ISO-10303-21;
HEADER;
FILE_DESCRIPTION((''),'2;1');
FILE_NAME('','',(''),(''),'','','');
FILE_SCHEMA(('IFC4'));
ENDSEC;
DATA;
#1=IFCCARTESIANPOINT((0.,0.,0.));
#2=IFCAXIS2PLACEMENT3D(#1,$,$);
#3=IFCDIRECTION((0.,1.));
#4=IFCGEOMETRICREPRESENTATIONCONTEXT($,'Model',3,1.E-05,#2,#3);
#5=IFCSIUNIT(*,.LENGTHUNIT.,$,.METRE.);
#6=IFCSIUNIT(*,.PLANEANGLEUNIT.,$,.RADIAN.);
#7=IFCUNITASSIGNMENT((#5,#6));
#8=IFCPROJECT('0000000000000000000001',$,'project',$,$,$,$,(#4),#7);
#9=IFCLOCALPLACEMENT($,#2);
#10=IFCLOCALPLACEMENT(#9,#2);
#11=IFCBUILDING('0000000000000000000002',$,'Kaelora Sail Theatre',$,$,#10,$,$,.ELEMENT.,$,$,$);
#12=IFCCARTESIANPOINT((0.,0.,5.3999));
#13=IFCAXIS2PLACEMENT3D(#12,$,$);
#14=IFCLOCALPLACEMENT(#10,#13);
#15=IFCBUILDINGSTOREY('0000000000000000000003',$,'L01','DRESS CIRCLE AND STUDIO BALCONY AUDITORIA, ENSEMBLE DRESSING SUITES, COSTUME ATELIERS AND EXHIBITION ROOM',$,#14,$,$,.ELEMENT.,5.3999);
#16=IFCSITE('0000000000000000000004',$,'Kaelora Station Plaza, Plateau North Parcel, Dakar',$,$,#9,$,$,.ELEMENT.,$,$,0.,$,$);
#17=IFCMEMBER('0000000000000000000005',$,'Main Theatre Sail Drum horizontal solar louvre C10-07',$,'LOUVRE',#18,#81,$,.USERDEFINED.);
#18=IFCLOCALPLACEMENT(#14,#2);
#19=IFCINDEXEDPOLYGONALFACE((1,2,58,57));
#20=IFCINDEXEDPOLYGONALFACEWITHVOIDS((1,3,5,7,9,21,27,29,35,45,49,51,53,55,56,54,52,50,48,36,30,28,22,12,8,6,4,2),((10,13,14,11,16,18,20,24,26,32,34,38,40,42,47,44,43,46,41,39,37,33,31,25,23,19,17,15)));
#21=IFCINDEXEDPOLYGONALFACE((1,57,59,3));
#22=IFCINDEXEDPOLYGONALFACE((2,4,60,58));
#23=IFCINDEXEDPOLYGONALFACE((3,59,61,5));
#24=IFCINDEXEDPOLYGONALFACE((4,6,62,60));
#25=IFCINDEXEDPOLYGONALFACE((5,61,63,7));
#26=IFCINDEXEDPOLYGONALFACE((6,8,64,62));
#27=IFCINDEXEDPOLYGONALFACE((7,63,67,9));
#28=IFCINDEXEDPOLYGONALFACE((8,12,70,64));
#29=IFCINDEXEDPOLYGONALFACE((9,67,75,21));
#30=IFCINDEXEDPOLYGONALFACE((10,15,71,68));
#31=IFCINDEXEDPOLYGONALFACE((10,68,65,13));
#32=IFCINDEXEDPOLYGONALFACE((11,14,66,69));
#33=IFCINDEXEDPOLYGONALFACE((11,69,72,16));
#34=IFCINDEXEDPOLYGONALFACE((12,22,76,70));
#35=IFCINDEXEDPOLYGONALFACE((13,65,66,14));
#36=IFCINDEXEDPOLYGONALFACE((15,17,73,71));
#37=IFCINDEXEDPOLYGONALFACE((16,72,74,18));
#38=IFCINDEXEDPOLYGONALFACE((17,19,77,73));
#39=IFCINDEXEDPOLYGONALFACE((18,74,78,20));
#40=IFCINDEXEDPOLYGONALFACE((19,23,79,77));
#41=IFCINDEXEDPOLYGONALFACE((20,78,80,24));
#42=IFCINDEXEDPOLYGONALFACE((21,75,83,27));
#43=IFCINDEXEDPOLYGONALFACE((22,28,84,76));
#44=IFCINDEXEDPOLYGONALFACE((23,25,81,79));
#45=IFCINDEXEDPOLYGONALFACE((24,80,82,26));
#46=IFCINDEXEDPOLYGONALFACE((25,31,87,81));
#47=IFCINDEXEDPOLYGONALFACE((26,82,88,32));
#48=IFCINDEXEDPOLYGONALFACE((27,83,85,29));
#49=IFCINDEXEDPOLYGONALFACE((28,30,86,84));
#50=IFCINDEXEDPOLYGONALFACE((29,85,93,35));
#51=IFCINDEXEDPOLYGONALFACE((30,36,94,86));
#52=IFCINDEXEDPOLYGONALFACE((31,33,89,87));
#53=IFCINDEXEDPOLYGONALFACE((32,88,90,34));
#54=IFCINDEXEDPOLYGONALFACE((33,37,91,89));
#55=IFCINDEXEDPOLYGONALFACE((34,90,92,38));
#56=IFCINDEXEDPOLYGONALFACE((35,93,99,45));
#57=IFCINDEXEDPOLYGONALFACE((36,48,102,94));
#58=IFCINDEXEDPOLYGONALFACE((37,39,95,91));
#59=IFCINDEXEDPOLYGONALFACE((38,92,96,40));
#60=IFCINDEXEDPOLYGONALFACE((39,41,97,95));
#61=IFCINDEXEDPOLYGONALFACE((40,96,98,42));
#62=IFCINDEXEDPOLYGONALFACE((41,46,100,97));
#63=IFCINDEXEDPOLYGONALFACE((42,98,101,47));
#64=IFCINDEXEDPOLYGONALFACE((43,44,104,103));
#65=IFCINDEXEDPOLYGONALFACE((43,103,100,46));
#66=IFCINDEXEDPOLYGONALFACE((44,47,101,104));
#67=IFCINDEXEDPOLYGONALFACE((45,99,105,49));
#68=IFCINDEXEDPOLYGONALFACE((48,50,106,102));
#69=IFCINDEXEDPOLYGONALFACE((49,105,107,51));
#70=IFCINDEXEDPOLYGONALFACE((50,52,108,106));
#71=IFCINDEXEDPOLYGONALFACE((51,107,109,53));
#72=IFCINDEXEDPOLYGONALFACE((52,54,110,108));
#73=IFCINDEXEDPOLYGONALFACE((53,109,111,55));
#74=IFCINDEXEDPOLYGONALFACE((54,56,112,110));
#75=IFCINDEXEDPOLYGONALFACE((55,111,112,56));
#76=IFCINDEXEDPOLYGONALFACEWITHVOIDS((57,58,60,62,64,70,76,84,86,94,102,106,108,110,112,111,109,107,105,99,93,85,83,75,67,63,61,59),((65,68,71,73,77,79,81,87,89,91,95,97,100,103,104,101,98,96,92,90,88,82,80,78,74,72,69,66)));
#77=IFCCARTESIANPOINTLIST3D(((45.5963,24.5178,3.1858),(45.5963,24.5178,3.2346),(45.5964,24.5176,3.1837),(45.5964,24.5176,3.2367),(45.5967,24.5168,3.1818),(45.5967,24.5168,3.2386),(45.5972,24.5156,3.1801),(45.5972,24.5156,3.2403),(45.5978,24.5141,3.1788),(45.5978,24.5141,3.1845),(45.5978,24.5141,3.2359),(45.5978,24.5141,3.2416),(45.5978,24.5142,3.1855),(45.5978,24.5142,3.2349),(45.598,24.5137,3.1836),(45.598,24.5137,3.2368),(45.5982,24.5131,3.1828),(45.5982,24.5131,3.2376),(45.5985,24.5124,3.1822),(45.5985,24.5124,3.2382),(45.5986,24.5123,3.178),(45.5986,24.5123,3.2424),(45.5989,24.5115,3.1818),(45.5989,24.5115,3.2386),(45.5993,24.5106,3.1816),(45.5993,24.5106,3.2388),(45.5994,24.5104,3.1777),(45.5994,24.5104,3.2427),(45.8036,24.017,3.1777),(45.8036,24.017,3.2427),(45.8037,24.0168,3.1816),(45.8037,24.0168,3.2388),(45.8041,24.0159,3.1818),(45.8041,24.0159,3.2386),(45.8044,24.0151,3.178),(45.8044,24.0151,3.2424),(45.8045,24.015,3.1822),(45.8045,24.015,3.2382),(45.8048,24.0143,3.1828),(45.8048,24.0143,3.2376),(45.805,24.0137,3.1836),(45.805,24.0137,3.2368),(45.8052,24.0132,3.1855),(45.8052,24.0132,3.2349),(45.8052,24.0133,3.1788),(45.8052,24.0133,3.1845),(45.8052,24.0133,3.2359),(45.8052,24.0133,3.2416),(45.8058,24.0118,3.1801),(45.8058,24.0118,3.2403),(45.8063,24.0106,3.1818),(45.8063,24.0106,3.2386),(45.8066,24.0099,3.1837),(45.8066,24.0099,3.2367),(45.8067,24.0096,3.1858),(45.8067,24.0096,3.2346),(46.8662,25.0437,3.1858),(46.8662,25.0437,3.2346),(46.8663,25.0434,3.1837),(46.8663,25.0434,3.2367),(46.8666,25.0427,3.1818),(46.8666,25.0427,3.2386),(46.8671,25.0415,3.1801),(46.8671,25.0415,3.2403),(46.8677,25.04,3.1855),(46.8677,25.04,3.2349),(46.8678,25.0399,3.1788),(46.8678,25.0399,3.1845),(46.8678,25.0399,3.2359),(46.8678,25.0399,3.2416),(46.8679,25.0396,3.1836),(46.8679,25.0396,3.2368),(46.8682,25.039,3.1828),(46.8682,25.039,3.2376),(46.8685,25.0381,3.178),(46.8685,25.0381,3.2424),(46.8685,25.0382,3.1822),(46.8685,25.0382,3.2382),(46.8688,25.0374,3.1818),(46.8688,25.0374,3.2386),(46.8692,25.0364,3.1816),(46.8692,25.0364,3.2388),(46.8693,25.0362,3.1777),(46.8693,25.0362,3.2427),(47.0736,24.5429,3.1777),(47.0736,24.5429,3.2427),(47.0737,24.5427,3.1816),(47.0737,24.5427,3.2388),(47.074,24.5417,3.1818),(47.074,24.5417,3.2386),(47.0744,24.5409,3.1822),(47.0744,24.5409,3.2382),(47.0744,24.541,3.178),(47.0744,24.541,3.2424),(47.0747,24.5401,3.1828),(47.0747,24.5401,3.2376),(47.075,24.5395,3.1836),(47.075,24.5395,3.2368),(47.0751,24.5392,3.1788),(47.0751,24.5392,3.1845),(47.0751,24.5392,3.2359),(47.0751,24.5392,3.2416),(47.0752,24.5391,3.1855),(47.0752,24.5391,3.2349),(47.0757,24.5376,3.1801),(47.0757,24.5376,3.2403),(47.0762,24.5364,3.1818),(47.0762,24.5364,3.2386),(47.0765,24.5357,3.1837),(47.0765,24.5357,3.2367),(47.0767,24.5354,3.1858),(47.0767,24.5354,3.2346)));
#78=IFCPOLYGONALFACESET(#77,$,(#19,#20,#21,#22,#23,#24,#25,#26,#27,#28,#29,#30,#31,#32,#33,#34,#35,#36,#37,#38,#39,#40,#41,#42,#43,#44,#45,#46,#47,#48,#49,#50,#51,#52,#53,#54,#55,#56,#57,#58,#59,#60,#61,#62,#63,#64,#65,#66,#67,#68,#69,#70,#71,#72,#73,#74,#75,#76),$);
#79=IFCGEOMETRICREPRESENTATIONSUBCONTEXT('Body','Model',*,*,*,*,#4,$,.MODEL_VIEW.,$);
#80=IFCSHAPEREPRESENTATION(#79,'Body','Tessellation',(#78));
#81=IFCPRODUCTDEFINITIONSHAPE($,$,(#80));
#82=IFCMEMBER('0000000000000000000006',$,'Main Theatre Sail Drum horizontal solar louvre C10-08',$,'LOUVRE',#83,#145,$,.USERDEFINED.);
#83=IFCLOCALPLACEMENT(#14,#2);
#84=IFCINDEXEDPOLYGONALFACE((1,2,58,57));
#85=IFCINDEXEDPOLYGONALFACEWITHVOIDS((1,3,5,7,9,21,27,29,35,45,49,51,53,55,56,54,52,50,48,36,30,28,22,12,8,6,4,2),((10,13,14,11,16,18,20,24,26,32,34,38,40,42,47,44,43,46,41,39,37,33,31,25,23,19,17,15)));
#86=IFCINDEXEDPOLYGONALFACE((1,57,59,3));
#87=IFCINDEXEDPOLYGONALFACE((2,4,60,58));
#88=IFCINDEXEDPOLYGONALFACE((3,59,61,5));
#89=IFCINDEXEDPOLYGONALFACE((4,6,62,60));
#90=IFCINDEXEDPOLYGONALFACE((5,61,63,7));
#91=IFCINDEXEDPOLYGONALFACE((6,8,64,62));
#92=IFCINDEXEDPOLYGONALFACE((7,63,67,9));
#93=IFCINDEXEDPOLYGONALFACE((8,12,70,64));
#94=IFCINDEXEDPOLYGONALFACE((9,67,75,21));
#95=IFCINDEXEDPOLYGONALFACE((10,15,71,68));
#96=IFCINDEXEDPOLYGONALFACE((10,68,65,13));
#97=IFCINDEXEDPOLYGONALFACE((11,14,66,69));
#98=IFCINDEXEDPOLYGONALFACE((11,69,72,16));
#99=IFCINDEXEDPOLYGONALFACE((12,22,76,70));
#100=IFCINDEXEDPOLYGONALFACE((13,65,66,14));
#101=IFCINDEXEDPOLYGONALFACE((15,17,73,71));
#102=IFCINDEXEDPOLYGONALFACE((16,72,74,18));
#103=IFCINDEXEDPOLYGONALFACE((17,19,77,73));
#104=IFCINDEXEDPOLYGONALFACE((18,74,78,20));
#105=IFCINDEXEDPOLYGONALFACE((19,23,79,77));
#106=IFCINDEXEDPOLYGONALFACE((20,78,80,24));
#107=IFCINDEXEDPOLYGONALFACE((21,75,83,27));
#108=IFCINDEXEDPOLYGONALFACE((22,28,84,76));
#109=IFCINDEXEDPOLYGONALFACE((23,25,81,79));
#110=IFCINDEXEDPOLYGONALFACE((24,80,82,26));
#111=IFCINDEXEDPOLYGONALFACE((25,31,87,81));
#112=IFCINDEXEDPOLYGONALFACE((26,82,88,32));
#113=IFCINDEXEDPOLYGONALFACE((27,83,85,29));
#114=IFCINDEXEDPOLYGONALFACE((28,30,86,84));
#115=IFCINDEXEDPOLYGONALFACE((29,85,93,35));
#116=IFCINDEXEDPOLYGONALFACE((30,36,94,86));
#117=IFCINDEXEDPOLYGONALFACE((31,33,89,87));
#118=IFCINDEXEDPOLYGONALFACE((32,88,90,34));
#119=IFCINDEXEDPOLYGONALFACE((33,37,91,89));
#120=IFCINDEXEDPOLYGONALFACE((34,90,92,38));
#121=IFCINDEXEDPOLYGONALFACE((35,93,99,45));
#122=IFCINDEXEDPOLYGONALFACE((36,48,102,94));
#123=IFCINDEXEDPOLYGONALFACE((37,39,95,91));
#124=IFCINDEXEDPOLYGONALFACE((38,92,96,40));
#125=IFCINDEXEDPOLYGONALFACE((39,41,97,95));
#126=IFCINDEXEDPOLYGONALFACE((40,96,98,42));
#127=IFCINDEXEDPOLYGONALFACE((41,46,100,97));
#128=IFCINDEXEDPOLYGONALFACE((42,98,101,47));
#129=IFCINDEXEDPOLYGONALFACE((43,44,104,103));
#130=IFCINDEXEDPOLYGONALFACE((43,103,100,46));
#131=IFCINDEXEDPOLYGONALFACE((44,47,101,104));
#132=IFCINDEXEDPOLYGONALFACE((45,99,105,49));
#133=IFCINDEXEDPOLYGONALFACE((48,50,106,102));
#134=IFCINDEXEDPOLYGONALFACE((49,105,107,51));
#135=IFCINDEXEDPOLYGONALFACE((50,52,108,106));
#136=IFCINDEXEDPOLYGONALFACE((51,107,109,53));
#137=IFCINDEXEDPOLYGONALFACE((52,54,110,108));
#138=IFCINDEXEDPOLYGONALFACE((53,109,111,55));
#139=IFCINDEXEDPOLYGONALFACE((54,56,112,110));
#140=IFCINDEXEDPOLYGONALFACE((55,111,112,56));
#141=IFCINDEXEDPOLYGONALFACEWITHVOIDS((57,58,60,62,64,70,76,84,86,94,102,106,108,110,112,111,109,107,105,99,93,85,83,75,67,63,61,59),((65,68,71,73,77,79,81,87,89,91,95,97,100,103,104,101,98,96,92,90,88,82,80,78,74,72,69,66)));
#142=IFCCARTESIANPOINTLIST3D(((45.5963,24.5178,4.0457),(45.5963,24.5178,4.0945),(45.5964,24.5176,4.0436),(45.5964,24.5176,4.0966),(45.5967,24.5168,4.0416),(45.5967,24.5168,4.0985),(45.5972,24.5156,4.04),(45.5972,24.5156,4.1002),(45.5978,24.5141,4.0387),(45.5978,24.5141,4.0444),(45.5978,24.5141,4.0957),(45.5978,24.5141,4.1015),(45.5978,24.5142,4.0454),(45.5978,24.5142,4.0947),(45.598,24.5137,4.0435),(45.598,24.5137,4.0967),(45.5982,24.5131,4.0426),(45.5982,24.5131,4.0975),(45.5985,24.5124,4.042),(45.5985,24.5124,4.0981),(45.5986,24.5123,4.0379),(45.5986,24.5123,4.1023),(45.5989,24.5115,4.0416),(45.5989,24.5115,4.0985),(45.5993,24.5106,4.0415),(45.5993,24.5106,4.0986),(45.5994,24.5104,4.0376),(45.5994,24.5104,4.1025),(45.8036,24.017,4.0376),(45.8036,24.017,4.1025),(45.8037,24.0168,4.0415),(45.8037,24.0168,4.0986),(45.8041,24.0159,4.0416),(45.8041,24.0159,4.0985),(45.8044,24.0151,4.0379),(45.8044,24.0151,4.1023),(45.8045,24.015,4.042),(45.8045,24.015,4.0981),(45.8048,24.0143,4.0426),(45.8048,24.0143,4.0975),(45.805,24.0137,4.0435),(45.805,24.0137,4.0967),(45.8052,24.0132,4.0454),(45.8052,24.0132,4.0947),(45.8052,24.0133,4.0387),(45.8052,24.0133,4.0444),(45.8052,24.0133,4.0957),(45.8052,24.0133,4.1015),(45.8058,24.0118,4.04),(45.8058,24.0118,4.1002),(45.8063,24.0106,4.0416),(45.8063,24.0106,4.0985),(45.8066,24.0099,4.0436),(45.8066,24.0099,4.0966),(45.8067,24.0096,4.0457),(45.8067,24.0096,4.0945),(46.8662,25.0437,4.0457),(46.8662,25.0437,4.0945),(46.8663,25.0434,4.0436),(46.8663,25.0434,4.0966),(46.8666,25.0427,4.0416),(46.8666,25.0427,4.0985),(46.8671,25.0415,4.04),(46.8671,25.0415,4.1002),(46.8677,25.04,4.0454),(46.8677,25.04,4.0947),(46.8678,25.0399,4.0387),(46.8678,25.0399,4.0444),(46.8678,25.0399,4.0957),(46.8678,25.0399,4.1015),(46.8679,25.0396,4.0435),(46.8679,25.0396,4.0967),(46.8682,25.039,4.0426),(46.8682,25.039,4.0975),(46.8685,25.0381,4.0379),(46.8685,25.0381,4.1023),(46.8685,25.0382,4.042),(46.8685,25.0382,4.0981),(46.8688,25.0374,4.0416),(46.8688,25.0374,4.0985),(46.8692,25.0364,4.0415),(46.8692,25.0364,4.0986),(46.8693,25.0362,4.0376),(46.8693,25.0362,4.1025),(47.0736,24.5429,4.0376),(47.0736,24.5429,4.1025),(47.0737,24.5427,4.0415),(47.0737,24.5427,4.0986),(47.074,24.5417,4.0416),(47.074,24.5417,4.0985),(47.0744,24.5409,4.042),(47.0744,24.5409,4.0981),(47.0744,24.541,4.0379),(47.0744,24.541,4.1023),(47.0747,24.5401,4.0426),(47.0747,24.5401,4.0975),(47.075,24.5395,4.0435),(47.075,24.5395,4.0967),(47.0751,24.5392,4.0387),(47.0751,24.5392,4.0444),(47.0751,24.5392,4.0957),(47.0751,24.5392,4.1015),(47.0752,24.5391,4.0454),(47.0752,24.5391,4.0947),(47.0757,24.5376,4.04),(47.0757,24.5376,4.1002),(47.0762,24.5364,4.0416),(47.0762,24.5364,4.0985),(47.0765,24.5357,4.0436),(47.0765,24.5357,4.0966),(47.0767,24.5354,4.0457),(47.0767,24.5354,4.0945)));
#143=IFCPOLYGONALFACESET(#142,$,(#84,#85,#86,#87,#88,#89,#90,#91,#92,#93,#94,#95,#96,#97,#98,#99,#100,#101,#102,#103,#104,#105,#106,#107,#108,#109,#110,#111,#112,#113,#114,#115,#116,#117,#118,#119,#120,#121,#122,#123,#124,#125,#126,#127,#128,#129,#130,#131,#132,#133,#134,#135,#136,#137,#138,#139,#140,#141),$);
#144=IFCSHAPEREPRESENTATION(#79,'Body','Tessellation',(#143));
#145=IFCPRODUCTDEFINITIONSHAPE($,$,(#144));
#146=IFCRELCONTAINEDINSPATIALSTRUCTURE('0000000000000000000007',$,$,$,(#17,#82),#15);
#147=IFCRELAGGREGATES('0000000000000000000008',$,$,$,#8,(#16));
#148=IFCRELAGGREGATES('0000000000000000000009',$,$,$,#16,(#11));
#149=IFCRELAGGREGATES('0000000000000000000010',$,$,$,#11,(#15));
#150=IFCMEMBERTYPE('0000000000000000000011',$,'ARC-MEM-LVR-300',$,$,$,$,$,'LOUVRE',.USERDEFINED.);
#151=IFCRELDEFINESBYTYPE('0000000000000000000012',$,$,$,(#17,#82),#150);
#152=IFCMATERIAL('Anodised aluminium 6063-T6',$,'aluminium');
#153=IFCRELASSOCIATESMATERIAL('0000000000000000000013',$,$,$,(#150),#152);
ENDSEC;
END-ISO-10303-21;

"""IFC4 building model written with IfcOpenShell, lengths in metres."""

from ifc_helpers import new_model, si_unit, direction, frame, origin, origin_2d, place, context, subcontext, project, spatial, hollow_rectangle, extrude, material, material_profile, profile_set, type_object, element, save


model = new_model("IFC4")

# Units and contexts
model_context = context("Model", 3, precision=1e-05, world=origin(), true_north=direction((0.0, 1.0)))
body_context = subcontext(model_context, "Body", "Model", "MODEL_VIEW")
ifc_project = project(units=[si_unit("LENGTHUNIT", "METRE"), si_unit("PLANEANGLEUNIT", "RADIAN")], contexts=[model_context])

# Site, building, storey
site_placement = place(None, origin())
site = spatial("IfcSite", under=ifc_project, at=site_placement, Name="Kaelora Station Plaza, Plateau North Parcel, Dakar", CompositionType="ELEMENT", RefElevation=0.0)
building_placement = place(site_placement, origin())
building = spatial("IfcBuilding", under=site, at=building_placement, Name="Kaelora Sail Theatre", CompositionType="ELEMENT")
storey_placement = place(building_placement, frame((0.0, 0.0, 5.3999)))
storey = spatial("IfcBuildingStorey", under=building, at=storey_placement, Name="L01", Description="DRESS CIRCLE AND STUDIO BALCONY AUDITORIA, ENSEMBLE DRESSING SUITES, COSTUME ATELIERS AND EXHIBITION ROOM", CompositionType="ELEMENT", Elevation=5.3999)

# Members
ifc_material_1 = material(Name="Anodised aluminium 6063-T6", Category="aluminium")
ifc_material_profile_1 = material_profile(ifc_material_1, hollow_rectangle(XDim=0.55, YDim=0.0649, WallThickness=0.0039, InnerFilletRadius=0.0039, OuterFilletRadius=0.0081, at=origin_2d()), Name="LOUVRE 550x65x4")
ifc_profile_set_1 = profile_set([ifc_material_profile_1], Name="Anodised aluminium 6063-T6")
member_type = type_object("IfcMemberType", Name="ARC-MEM-LVR-300", ElementType="LOUVRE", PredefinedType="USERDEFINED", material=ifc_profile_set_1)
for number, where, z_axis, x_axis, name in (
    (1, (46.9714, 24.7896, 3.2102), (-0.923926, -0.382571, 0.0), (0.382571, -0.923926, 0.0), "Main Theatre Sail Drum horizontal solar louvre C10-07"),
    (2, (46.9714, 24.7896, 4.0701), (-0.923926, -0.382571, 0.0), (0.382571, -0.923926, 0.0), "Main Theatre Sail Drum horizontal solar louvre C10-08"),
):
    element("IfcMember", number, at=place(storey_placement, frame(where, z_axis=z_axis, x_axis=x_axis)), inside=storey, type_object=member_type, Name=name, ObjectType="LOUVRE", PredefinedType="USERDEFINED", context=body_context, shape_type="SweptSolid", body=[
        extrude(hollow_rectangle(XDim=0.55, YDim=0.0649, WallThickness=0.0039, InnerFilletRadius=0.0039, OuterFilletRadius=0.0081, at=origin_2d()), origin(), (0.0, 0.0, 1.0), 1.3745),
    ])

save(model, "model.ifc")
